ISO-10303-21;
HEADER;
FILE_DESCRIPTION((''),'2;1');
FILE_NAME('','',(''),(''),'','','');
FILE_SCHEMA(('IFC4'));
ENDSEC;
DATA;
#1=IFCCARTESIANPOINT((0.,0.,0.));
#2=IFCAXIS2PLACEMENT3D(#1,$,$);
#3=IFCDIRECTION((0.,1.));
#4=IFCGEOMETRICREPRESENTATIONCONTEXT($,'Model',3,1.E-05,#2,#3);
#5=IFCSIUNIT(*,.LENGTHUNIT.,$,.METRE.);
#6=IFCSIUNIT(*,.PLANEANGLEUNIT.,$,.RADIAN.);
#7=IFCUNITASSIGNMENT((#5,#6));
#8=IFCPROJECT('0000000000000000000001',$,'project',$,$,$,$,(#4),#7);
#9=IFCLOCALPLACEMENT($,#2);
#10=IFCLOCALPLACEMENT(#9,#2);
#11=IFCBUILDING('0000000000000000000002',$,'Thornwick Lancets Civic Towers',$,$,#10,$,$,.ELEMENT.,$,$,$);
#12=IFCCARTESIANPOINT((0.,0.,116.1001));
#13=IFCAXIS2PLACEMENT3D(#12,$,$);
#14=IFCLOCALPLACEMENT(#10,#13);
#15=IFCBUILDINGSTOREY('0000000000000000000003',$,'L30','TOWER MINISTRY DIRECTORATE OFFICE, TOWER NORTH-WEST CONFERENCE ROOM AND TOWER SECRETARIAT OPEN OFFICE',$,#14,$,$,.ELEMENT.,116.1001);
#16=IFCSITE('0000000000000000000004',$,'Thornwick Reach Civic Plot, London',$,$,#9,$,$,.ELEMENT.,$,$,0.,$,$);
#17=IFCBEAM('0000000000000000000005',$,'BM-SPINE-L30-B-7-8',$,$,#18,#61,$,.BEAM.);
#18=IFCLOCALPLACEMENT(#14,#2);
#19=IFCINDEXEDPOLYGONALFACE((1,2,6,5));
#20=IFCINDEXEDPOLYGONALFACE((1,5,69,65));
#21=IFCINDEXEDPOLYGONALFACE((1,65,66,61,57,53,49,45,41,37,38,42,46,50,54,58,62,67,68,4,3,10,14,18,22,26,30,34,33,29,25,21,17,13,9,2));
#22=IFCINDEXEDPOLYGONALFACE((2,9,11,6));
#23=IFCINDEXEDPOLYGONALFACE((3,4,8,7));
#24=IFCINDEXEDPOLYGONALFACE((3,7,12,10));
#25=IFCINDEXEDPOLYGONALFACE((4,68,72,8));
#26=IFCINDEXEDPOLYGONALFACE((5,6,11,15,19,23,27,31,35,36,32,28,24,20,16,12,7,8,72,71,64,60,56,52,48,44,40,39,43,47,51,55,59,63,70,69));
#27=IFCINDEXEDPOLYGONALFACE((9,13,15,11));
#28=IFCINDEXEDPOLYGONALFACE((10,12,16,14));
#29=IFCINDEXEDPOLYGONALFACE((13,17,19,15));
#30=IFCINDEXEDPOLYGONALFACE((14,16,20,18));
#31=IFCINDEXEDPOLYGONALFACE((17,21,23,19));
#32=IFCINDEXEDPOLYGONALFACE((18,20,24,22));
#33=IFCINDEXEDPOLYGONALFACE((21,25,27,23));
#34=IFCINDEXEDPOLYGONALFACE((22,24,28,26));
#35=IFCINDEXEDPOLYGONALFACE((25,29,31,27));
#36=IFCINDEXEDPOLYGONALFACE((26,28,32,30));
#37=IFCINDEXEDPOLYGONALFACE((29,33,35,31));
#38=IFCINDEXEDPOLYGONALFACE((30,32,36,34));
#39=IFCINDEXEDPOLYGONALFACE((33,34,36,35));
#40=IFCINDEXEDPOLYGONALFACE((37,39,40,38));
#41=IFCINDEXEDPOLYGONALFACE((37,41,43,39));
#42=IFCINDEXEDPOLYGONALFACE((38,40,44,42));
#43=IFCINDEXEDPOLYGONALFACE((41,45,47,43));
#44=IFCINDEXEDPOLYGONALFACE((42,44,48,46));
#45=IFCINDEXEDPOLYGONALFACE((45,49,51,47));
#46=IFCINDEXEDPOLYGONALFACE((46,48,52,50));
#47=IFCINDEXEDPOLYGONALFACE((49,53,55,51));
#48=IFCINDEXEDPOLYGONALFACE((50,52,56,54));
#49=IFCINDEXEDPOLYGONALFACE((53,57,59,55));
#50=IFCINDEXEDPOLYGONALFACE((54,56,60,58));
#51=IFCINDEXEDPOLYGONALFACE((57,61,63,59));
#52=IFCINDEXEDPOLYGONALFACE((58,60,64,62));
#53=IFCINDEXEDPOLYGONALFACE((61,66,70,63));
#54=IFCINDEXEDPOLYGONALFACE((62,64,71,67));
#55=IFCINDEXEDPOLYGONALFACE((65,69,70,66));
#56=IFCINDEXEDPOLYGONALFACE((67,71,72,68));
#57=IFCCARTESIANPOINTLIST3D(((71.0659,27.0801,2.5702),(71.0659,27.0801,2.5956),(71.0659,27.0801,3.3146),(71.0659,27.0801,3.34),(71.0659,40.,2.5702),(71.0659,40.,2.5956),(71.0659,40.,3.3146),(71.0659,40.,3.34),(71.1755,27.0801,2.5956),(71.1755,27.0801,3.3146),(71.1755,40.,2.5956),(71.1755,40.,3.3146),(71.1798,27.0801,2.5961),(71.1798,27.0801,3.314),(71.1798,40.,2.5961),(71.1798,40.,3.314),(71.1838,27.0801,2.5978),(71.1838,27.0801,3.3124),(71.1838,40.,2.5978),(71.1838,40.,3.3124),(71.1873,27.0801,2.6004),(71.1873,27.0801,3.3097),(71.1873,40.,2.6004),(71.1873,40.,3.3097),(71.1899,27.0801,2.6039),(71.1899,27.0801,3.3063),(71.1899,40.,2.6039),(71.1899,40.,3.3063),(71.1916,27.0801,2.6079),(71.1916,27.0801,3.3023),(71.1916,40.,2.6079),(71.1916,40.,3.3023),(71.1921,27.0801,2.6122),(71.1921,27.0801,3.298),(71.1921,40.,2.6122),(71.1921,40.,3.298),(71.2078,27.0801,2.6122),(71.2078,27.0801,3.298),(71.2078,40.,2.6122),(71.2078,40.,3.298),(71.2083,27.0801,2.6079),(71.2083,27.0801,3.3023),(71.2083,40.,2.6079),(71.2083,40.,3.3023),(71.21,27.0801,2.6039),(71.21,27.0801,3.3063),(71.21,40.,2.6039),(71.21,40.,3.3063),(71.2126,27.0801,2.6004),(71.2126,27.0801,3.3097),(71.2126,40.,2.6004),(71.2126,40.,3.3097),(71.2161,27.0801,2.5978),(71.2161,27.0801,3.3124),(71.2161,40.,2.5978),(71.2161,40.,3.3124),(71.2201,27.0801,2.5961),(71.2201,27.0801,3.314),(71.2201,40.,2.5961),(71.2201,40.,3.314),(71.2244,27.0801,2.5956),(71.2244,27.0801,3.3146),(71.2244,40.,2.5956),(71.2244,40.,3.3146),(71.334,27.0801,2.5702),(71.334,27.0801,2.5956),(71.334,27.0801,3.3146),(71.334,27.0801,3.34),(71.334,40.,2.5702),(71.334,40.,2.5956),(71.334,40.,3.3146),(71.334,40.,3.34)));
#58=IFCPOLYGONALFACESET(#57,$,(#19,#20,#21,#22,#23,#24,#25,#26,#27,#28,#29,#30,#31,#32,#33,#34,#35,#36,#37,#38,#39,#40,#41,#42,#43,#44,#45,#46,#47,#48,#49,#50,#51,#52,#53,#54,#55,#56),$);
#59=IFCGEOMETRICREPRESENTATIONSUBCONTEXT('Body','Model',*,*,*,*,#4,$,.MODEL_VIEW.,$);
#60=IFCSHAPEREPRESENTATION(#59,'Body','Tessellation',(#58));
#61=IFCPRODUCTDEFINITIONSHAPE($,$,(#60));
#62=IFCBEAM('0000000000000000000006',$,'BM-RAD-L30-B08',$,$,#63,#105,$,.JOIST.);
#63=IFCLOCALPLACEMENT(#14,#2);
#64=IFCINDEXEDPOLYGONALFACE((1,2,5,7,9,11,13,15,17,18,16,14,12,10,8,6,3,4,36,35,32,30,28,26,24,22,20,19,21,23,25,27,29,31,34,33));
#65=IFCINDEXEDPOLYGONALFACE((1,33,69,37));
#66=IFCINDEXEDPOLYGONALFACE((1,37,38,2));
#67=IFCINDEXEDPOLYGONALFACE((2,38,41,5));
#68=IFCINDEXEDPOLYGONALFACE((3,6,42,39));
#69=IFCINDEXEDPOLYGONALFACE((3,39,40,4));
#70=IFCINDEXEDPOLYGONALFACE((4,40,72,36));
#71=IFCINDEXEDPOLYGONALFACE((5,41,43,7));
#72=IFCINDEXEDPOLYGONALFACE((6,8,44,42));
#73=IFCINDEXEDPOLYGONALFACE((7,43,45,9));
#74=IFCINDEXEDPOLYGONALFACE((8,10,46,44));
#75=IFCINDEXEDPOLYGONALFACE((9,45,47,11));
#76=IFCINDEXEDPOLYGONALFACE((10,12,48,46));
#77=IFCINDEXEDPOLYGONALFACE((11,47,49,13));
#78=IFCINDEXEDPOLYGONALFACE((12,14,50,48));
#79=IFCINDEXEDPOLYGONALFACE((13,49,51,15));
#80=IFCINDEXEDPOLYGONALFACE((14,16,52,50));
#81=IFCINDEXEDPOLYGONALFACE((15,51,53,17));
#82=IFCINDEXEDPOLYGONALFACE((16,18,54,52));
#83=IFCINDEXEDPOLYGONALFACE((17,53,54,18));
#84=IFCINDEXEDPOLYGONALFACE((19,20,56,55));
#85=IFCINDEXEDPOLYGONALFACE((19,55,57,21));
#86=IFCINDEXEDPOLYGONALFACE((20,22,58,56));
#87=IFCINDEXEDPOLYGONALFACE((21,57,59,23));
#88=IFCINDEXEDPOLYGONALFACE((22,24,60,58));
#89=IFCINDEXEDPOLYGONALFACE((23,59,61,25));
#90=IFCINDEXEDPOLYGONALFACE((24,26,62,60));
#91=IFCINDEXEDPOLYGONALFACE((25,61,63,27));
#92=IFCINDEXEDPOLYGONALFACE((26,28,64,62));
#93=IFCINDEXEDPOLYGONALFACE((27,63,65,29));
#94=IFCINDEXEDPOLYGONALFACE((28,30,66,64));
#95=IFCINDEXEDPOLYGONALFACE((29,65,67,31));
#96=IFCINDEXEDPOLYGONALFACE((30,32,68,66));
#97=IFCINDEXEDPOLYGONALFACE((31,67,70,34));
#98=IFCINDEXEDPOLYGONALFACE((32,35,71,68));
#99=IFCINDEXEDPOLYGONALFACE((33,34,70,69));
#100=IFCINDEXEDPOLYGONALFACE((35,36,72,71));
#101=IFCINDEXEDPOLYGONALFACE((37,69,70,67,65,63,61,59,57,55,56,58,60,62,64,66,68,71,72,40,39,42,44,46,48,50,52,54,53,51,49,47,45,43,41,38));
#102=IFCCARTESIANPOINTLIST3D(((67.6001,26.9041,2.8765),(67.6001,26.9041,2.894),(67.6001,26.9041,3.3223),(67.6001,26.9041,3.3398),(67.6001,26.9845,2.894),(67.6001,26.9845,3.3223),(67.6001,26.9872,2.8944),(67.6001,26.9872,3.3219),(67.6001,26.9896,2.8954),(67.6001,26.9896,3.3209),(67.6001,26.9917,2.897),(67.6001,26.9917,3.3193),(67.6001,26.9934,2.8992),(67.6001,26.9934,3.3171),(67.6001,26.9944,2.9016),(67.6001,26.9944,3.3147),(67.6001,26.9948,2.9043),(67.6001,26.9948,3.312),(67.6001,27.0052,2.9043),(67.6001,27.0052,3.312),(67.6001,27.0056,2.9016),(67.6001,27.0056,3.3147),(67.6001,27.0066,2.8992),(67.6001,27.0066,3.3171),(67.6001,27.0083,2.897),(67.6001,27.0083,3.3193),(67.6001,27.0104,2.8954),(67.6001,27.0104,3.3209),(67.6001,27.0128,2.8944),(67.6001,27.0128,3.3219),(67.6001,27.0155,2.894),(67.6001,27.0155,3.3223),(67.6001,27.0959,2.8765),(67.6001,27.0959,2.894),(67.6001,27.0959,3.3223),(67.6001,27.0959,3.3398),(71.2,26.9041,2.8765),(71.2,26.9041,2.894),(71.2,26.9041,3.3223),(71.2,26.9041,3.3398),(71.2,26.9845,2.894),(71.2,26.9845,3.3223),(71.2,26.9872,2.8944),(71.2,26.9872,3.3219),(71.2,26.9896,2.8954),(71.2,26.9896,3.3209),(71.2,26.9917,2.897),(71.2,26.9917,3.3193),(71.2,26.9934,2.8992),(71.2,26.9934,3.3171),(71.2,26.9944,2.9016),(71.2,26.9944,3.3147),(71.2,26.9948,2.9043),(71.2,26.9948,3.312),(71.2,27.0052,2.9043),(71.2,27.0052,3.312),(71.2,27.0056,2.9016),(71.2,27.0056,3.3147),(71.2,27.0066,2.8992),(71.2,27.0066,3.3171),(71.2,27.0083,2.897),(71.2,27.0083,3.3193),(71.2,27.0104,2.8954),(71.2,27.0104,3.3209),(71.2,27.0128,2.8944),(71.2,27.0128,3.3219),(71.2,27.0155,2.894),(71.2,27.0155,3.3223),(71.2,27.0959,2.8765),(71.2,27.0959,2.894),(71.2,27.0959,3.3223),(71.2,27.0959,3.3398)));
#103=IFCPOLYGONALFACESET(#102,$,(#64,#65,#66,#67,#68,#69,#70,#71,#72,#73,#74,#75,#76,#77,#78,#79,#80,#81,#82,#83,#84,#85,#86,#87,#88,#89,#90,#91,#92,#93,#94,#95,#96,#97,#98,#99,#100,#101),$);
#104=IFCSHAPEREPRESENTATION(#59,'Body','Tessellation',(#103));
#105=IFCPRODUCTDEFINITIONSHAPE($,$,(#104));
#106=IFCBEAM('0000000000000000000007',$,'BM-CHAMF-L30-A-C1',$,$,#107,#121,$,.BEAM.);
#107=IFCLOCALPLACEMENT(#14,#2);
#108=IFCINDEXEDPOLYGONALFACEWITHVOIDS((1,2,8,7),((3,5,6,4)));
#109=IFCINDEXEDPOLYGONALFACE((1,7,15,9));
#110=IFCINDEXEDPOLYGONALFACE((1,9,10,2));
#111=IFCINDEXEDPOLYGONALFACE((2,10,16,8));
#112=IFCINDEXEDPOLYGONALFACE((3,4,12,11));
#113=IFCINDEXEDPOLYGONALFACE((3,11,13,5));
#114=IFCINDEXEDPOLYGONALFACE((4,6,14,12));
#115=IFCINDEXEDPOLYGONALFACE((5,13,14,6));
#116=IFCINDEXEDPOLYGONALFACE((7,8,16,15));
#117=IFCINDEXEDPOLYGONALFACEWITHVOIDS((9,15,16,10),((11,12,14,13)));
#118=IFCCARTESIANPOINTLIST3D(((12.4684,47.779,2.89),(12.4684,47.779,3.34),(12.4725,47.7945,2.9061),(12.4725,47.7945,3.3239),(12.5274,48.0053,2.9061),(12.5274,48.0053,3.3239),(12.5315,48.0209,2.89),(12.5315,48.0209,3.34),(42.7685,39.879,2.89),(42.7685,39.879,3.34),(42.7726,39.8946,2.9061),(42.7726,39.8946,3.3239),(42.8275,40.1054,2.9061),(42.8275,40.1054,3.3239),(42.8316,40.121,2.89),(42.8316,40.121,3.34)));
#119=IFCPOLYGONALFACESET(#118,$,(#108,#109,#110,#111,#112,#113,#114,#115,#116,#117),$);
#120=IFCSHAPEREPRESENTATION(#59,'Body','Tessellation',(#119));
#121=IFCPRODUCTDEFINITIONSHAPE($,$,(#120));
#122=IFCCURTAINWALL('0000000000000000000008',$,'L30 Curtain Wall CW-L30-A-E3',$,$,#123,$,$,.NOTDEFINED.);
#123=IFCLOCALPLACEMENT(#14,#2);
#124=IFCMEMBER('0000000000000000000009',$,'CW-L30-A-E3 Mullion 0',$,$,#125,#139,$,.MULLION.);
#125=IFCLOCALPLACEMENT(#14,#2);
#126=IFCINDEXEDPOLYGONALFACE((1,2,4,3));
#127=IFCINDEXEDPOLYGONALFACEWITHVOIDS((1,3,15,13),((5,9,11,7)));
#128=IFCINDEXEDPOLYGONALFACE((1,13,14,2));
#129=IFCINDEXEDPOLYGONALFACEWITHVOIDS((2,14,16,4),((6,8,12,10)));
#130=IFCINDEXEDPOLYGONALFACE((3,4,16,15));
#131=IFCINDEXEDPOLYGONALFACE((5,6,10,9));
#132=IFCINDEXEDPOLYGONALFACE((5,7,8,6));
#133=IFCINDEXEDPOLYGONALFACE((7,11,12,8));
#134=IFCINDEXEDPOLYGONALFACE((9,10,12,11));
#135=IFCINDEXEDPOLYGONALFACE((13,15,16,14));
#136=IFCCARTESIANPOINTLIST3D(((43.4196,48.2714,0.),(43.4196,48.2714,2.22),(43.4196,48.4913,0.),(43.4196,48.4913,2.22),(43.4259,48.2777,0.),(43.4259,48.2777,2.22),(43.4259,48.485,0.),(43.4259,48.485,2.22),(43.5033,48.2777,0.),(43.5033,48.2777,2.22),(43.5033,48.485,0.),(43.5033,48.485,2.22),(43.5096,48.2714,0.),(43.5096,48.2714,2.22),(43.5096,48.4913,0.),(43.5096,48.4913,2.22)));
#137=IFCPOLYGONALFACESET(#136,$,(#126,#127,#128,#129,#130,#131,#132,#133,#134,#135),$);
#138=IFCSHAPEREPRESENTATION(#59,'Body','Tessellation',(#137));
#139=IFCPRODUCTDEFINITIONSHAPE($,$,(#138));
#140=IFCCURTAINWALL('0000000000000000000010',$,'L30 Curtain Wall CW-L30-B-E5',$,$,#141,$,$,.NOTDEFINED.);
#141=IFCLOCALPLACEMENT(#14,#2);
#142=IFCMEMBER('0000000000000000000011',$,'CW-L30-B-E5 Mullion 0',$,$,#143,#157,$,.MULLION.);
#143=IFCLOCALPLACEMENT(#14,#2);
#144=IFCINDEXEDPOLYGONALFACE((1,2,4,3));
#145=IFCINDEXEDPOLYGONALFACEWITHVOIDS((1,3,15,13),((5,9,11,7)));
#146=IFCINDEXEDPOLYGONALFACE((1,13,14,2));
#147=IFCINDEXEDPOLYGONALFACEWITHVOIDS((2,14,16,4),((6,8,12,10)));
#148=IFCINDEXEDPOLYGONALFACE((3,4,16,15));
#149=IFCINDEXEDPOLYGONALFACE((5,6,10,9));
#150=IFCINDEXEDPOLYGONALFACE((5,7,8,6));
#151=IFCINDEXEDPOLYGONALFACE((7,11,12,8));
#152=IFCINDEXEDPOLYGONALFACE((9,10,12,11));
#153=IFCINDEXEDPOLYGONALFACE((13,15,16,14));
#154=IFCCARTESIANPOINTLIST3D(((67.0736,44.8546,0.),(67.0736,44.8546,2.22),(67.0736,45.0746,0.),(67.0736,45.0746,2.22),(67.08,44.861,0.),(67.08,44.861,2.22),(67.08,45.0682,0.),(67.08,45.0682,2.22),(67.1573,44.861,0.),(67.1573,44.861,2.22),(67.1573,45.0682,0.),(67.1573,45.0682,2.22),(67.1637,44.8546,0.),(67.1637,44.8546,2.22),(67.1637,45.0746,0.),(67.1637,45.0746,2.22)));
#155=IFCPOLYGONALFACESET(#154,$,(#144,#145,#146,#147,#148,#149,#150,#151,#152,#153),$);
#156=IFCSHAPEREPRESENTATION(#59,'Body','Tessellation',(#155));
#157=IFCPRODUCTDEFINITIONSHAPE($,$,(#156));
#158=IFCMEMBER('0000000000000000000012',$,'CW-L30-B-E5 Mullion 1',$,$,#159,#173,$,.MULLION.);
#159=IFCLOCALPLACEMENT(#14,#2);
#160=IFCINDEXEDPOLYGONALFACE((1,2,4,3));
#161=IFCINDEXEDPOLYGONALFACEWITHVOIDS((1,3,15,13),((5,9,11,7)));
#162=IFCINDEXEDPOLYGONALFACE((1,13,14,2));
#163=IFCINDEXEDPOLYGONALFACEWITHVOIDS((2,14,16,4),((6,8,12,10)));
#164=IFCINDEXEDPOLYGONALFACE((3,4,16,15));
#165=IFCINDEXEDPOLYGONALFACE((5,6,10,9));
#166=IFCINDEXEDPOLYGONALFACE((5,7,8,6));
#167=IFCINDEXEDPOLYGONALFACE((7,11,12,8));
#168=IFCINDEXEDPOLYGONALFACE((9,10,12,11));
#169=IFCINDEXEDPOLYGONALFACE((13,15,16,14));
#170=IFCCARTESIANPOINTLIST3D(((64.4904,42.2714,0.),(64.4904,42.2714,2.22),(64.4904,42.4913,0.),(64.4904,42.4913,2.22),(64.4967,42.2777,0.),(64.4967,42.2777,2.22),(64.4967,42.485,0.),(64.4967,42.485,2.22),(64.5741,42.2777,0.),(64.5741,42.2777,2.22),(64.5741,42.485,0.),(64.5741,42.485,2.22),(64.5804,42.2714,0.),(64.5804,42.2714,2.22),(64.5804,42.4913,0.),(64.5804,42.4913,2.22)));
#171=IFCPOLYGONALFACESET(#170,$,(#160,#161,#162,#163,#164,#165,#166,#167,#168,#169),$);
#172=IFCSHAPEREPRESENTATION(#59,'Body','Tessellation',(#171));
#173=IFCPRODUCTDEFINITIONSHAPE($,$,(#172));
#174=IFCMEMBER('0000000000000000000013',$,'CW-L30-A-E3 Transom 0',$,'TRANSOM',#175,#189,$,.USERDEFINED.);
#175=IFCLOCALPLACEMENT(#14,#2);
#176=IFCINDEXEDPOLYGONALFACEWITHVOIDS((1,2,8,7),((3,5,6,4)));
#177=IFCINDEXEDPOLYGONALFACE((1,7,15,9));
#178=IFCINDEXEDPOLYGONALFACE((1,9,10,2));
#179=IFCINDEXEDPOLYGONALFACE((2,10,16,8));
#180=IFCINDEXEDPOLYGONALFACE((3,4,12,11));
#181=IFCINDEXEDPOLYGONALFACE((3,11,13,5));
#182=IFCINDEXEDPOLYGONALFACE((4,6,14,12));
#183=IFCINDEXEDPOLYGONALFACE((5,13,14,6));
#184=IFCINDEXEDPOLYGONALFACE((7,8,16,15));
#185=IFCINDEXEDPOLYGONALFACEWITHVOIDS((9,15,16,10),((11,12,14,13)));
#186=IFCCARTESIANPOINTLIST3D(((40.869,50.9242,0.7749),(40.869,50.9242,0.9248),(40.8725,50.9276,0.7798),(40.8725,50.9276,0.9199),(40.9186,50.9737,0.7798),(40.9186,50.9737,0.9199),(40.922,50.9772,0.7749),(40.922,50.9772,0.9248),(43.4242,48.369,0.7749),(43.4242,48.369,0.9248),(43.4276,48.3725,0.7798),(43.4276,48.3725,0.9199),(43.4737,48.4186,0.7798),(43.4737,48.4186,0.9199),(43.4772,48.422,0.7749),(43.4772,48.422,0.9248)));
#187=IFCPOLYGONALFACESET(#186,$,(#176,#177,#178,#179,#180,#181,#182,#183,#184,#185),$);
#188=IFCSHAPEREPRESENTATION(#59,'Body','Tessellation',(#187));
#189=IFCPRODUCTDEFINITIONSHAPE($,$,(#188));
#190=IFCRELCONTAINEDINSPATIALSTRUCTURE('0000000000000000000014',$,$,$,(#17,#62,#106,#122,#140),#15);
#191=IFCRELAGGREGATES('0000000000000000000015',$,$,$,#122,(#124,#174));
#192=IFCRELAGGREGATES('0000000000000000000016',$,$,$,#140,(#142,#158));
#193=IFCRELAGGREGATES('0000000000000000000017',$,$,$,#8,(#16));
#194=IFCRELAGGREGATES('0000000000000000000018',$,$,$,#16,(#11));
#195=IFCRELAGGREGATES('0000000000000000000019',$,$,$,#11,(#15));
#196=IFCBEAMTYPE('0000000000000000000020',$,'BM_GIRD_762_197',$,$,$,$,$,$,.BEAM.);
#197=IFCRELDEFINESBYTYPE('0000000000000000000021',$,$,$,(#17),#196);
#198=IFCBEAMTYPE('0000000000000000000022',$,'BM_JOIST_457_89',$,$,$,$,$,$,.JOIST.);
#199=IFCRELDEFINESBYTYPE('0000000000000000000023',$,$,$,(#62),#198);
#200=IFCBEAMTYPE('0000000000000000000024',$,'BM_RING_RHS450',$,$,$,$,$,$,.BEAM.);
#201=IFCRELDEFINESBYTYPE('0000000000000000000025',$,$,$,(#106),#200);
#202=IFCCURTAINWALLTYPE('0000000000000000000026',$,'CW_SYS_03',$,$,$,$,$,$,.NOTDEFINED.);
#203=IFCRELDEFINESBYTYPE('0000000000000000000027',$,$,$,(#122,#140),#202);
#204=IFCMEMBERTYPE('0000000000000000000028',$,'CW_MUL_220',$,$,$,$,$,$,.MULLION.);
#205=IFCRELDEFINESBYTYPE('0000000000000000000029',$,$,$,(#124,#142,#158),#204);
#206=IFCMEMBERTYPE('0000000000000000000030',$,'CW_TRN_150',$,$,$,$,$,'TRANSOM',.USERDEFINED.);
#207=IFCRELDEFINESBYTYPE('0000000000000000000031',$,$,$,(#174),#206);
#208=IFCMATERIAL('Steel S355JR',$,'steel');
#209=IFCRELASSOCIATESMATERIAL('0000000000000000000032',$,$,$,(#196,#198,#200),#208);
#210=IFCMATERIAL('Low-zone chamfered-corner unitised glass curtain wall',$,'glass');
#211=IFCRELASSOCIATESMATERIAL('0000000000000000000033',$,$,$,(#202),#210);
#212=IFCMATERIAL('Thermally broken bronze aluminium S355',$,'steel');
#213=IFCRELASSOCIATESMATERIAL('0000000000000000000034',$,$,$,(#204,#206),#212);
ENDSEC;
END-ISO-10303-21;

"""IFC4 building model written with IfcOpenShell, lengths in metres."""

from ifc_helpers import new_model, si_unit, direction, frame, origin, origin_2d, place, context, subcontext, project, spatial, hollow_rectangle, i_section, extrude, material, material_profile, profile_set, type_object, element, aggregate, save


model = new_model("IFC4")

# Units and contexts
model_context = context("Model", 3, precision=1e-05, world=origin(), true_north=direction((0.0, 1.0)))
body_context = subcontext(model_context, "Body", "Model", "MODEL_VIEW")
ifc_project = project(units=[si_unit("LENGTHUNIT", "METRE"), si_unit("PLANEANGLEUNIT", "RADIAN")], contexts=[model_context])

# Site, building, storey
site_placement = place(None, origin())
site = spatial("IfcSite", under=ifc_project, at=site_placement, Name="Thornwick Reach Civic Plot, London", CompositionType="ELEMENT", RefElevation=0.0)
building_placement = place(site_placement, origin())
building = spatial("IfcBuilding", under=site, at=building_placement, Name="Thornwick Lancets Civic Towers", CompositionType="ELEMENT")
storey_placement = place(building_placement, frame((0.0, 0.0, 116.1001)))
storey = spatial("IfcBuildingStorey", under=building, at=storey_placement, Name="L30", Description="TOWER MINISTRY DIRECTORATE OFFICE, TOWER NORTH-WEST CONFERENCE ROOM AND TOWER SECRETARIAT OPEN OFFICE", CompositionType="ELEMENT", Elevation=116.1001)

# Beams
ifc_material_1 = material(Name="Steel S355JR", Category="steel")
ifc_material_profile_1 = material_profile(ifc_material_1, i_section(OverallWidth=0.2681, OverallDepth=0.7698, WebThickness=0.0156, FlangeThickness=0.0254, FilletRadius=0.0166, at=origin_2d()), Name="UKB 762x267x197")
ifc_profile_set_1 = profile_set([ifc_material_profile_1], Name="Steel S355JR")
beam_type_1 = type_object("IfcBeamType", Name="BM_GIRD_762_197", PredefinedType="BEAM", material=ifc_profile_set_1)
beam_1_placement = place(storey_placement, frame((71.2, 27.0801, 2.9551), z_axis=(0.0, 1.0, 0.0), x_axis=(-1.0, 0.0, 0.0)))
element("IfcBeam", 1, at=beam_1_placement, inside=storey, type_object=beam_type_1, Name="BM-SPINE-L30-B-7-8", PredefinedType="BEAM", context=body_context, shape_type="SweptSolid", body=[
    extrude(i_section(OverallWidth=0.2681, OverallDepth=0.7698, WebThickness=0.0156, FlangeThickness=0.0254, FilletRadius=0.0166, at=origin_2d()), origin(), (0.0, 0.0, 1.0), 12.9199),
])
ifc_material_profile_2 = material_profile(ifc_material_1, i_section(OverallWidth=0.1919, OverallDepth=0.4634, WebThickness=0.0105, FlangeThickness=0.0176, FilletRadius=0.0103, at=origin_2d()), Name="UKB 457x191x89")
ifc_profile_set_2 = profile_set([ifc_material_profile_2], Name="Steel S355JR")
beam_type_2 = type_object("IfcBeamType", Name="BM_JOIST_457_89", PredefinedType="JOIST", material=ifc_profile_set_2)
beam_2_placement = place(storey_placement, frame((71.2, 27.0, 3.1082), z_axis=(-1.0, 0.0, 0.0), x_axis=(0.0, -1.0, 0.0)))
element("IfcBeam", 2, at=beam_2_placement, inside=storey, type_object=beam_type_2, Name="BM-RAD-L30-B08", PredefinedType="JOIST", context=body_context, shape_type="SweptSolid", body=[
    extrude(i_section(OverallWidth=0.1919, OverallDepth=0.4634, WebThickness=0.0105, FlangeThickness=0.0176, FilletRadius=0.0103, at=origin_2d()), origin(), (0.0, 0.0, 1.0), 3.5999),
])
ifc_material_profile_3 = material_profile(ifc_material_1, hollow_rectangle(XDim=0.25, YDim=0.45, WallThickness=0.0161, at=origin_2d()), Name="RHS 450x250x16")
ifc_profile_set_3 = profile_set([ifc_material_profile_3], Name="Steel S355JR")
beam_type_3 = type_object("IfcBeamType", Name="BM_RING_RHS450", PredefinedType="BEAM", material=ifc_profile_set_3)
beam_3_placement = place(storey_placement, frame((42.8, 40.0, 3.115), z_axis=(-0.967652, 0.252289, 0.0), x_axis=(-0.252289, -0.967652, 0.0)))
element("IfcBeam", 3, at=beam_3_placement, inside=storey, type_object=beam_type_3, Name="BM-CHAMF-L30-A-C1", PredefinedType="BEAM", context=body_context, shape_type="SweptSolid", body=[
    extrude(hollow_rectangle(XDim=0.25, YDim=0.45, WallThickness=0.0161, at=origin_2d()), origin(), (0.0, 0.0, 1.0), 31.313),
])

# Curtain wall, member
ifc_material_2 = material(Name="Low-zone chamfered-corner unitised glass curtain wall", Category="glass")
curtain_wall_type = type_object("IfcCurtainWallType", Name="CW_SYS_03", PredefinedType="NOTDEFINED", material=ifc_material_2)
curtain_wall_1_placement = place(storey_placement, origin())
curtain_wall_1 = element("IfcCurtainWall", 4, at=curtain_wall_1_placement, inside=storey, type_object=curtain_wall_type, Name="L30 Curtain Wall CW-L30-A-E3", PredefinedType="NOTDEFINED")
ifc_material_3 = material(Name="Thermally broken bronze aluminium S355", Category="steel")
ifc_material_profile_4 = material_profile(ifc_material_3, hollow_rectangle(XDim=0.0901, YDim=0.22, WallThickness=0.0063, at=origin_2d()), Name="RHS 220x90x6.3")
ifc_profile_set_4 = profile_set([ifc_material_profile_4], Name="Thermally broken bronze aluminium S355")
member_type_1 = type_object("IfcMemberType", Name="CW_MUL_220", PredefinedType="MULLION", material=ifc_profile_set_4)
member_1_placement = place(storey_placement, frame((43.4646, 48.3813, 0.0), z_axis=(0.0, 0.0, 1.0), x_axis=(1.0, 0.0, 0.0)))
member_1 = element("IfcMember", 5, at=member_1_placement, type_object=member_type_1, Name="CW-L30-A-E3 Mullion 0", PredefinedType="MULLION", context=body_context, shape_type="SweptSolid", body=[
    extrude(hollow_rectangle(XDim=0.0901, YDim=0.22, WallThickness=0.0063, at=origin_2d()), origin(), (0.0, 0.0, 1.0), 2.22),
])

# Curtain wall, members
curtain_wall_2_placement = place(storey_placement, origin())
curtain_wall_2 = element("IfcCurtainWall", 6, at=curtain_wall_2_placement, inside=storey, type_object=curtain_wall_type, Name="L30 Curtain Wall CW-L30-B-E5", PredefinedType="NOTDEFINED")
member_2_placement = place(storey_placement, frame((67.1187, 44.9646, 0.0), z_axis=(0.0, 0.0, 1.0), x_axis=(1.0, 0.0, 0.0)))
member_2 = element("IfcMember", 7, at=member_2_placement, type_object=member_type_1, Name="CW-L30-B-E5 Mullion 0", PredefinedType="MULLION", context=body_context, shape_type="SweptSolid", body=[
    extrude(hollow_rectangle(XDim=0.0901, YDim=0.22, WallThickness=0.0063, at=origin_2d()), origin(), (0.0, 0.0, 1.0), 2.22),
])
member_3_placement = place(storey_placement, frame((64.5354, 42.3813, 0.0), z_axis=(0.0, 0.0, 1.0), x_axis=(1.0, 0.0, 0.0)))
member_3 = element("IfcMember", 8, at=member_3_placement, type_object=member_type_1, Name="CW-L30-B-E5 Mullion 1", PredefinedType="MULLION", context=body_context, shape_type="SweptSolid", body=[
    extrude(hollow_rectangle(XDim=0.0901, YDim=0.22, WallThickness=0.0063, at=origin_2d()), origin(), (0.0, 0.0, 1.0), 2.22),
])

# Member
ifc_material_profile_5 = material_profile(ifc_material_3, hollow_rectangle(XDim=0.075, YDim=0.1499, WallThickness=0.0049, at=origin_2d()), Name="RHS 150x75x5")
ifc_profile_set_5 = profile_set([ifc_material_profile_5], Name="Thermally broken bronze aluminium S355")
member_type_2 = type_object("IfcMemberType", Name="CW_TRN_150", ElementType="TRANSOM", PredefinedType="USERDEFINED", material=ifc_profile_set_5)
member_4_placement = place(storey_placement, frame((43.4507, 48.3955, 0.8499), z_axis=(-0.707107, 0.707107, 0.0), x_axis=(-0.707107, -0.707107, 0.0)))
member_4 = element("IfcMember", 9, at=member_4_placement, type_object=member_type_2, Name="CW-L30-A-E3 Transom 0", ObjectType="TRANSOM", PredefinedType="USERDEFINED", context=body_context, shape_type="SweptSolid", body=[
    extrude(hollow_rectangle(XDim=0.075, YDim=0.1499, WallThickness=0.0049, at=origin_2d()), origin(), (0.0, 0.0, 1.0), 3.6135),
])
aggregate(curtain_wall_1, [member_1, member_4])

aggregate(curtain_wall_2, [member_2, member_3])

save(model, "model.ifc")
